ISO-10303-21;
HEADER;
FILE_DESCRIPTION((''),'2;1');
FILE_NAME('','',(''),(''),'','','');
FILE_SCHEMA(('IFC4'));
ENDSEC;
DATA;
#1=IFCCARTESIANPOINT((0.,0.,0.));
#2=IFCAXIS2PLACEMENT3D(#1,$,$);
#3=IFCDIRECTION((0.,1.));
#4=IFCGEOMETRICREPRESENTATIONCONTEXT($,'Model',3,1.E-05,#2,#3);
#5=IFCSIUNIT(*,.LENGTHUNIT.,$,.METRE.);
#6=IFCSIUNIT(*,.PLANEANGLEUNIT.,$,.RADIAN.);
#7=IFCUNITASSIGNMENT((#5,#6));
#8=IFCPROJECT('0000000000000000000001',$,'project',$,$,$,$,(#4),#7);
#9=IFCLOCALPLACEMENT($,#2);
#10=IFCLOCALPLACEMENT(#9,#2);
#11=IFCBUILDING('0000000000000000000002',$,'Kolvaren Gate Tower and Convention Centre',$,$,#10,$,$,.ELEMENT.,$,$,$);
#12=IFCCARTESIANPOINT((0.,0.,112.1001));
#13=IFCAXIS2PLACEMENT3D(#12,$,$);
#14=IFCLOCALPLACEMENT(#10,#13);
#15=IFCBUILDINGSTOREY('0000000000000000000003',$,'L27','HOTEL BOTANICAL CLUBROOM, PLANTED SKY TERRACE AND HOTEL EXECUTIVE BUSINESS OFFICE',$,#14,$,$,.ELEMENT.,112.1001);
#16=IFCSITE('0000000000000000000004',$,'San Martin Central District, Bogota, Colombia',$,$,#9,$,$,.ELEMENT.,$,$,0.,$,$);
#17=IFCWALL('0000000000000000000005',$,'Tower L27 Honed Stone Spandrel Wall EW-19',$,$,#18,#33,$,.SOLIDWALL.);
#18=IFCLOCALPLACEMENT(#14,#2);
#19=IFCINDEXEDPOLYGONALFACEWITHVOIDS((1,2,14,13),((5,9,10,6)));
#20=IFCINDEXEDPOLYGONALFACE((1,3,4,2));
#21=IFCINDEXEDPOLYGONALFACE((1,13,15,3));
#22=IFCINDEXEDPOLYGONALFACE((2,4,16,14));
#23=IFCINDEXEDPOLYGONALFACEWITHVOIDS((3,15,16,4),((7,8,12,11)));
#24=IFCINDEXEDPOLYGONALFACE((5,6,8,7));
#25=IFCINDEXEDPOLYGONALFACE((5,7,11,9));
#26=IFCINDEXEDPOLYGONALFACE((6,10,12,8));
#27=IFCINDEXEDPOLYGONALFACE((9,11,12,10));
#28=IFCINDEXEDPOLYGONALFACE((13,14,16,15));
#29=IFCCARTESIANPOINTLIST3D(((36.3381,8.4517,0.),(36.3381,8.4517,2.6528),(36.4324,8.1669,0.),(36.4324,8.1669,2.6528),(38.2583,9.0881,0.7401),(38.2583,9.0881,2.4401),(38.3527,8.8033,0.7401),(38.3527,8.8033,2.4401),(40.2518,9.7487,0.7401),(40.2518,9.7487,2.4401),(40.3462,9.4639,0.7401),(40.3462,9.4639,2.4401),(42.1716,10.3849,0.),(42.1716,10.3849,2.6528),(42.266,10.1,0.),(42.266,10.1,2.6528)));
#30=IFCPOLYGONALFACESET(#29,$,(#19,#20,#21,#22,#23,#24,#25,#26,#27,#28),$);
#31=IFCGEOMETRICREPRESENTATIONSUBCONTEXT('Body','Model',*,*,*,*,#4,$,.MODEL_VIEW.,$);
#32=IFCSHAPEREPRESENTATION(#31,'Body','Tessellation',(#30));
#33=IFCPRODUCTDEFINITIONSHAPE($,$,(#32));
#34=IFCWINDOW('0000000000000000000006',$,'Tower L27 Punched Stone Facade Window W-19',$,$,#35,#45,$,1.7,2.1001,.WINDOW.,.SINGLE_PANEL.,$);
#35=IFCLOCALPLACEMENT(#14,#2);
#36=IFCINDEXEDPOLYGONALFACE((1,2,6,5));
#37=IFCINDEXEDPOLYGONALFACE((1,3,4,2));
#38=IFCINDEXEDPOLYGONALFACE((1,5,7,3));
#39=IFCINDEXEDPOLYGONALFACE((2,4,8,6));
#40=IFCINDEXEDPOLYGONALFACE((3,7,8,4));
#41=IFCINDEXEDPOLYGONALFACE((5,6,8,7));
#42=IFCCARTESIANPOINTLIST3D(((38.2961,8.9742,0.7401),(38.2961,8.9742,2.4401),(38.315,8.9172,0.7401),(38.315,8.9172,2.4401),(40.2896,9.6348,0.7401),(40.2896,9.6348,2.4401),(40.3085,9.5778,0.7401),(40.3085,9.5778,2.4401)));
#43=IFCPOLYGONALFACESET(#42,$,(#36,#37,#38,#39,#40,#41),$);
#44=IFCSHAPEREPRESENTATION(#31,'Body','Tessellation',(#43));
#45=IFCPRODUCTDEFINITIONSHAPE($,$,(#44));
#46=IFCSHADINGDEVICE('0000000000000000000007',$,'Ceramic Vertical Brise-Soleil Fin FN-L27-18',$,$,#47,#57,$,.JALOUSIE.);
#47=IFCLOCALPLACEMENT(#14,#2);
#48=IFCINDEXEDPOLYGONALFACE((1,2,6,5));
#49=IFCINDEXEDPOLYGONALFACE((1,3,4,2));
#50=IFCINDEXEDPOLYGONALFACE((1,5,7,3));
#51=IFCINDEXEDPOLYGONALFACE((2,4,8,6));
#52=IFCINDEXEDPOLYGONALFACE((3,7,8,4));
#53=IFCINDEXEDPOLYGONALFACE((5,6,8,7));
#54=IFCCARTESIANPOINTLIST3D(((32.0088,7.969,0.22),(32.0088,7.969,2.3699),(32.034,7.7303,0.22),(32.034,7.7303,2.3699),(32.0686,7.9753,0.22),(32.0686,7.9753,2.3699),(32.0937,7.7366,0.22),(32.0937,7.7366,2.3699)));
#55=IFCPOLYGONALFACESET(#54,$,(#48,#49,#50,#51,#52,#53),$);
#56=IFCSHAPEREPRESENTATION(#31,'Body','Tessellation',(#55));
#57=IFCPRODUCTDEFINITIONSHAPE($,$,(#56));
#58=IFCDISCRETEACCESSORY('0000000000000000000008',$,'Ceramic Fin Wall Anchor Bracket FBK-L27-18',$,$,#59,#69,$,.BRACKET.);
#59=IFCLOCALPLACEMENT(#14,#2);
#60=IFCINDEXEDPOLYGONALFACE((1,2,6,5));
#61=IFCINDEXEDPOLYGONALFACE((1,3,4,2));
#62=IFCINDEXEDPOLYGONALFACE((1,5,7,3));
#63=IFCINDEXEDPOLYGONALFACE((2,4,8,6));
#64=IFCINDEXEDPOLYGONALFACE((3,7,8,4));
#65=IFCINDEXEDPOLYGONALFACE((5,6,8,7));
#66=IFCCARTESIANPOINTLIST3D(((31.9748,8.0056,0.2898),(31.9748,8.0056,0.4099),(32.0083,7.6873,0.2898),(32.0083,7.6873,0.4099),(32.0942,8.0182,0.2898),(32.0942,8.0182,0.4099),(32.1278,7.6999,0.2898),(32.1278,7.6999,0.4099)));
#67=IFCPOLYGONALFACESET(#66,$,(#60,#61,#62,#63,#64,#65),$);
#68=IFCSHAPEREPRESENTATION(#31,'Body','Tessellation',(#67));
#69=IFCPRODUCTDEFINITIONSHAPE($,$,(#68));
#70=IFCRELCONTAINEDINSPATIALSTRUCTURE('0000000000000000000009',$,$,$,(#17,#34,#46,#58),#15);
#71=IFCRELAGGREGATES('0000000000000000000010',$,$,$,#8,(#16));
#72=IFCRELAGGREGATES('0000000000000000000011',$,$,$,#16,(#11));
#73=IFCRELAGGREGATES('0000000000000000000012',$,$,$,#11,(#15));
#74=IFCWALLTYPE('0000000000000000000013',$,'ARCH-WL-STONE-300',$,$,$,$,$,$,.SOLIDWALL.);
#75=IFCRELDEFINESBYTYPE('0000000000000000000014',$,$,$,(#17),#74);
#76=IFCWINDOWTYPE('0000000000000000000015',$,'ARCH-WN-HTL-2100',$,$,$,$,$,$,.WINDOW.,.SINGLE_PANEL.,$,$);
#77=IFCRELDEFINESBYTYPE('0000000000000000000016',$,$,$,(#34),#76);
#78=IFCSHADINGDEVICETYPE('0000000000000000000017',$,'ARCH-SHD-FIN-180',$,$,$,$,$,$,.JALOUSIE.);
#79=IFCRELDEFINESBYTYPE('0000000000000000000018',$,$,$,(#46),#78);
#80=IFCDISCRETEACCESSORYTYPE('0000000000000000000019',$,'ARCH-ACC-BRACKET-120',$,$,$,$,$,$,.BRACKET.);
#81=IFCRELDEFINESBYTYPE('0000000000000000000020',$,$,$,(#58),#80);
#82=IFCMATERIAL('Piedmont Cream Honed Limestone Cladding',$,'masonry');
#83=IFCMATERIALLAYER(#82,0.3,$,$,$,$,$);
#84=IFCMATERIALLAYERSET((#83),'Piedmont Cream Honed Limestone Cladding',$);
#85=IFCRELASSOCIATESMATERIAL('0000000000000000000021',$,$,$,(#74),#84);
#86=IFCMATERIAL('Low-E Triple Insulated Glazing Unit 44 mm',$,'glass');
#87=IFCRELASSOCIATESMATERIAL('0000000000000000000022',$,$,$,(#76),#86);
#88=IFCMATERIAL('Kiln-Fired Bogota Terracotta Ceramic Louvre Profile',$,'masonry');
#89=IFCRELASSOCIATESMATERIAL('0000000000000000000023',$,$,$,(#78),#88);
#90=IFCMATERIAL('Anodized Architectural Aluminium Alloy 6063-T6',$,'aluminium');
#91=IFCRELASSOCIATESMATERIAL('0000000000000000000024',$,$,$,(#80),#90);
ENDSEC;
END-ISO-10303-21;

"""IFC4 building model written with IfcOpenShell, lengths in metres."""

from ifc_helpers import new_model, si_unit, direction, frame, frame_2d, origin, origin_2d, place, context, subcontext, project, spatial, rectangle, extrude, material, layer, layer_set, type_object, element, fill, save


model = new_model("IFC4")

# Units and contexts
model_context = context("Model", 3, precision=1e-05, world=origin(), true_north=direction((0.0, 1.0)))
body_context = subcontext(model_context, "Body", "Model", "MODEL_VIEW")
ifc_project = project(units=[si_unit("LENGTHUNIT", "METRE"), si_unit("PLANEANGLEUNIT", "RADIAN")], contexts=[model_context])

# Site, building, storey
site_placement = place(None, origin())
site = spatial("IfcSite", under=ifc_project, at=site_placement, Name="San Martin Central District, Bogota, Colombia", CompositionType="ELEMENT", RefElevation=0.0)
building_placement = place(site_placement, origin())
building = spatial("IfcBuilding", under=site, at=building_placement, Name="Kolvaren Gate Tower and Convention Centre", CompositionType="ELEMENT")
storey_placement = place(building_placement, frame((0.0, 0.0, 112.1001)))
storey = spatial("IfcBuildingStorey", under=building, at=storey_placement, Name="L27", Description="HOTEL BOTANICAL CLUBROOM, PLANTED SKY TERRACE AND HOTEL EXECUTIVE BUSINESS OFFICE", CompositionType="ELEMENT", Elevation=112.1001)

# Shared definitions
ifc_material_1 = material(Name="Piedmont Cream Honed Limestone Cladding", Category="masonry")

# Wall, opening, window
ifc_layer_1 = layer(ifc_material_1, 0.3)
ifc_layer_set_1 = layer_set([ifc_layer_1], Name="Piedmont Cream Honed Limestone Cladding")
wall_type_1 = type_object("IfcWallType", Name="ARCH-WL-STONE-300", PredefinedType="SOLIDWALL", material=ifc_layer_set_1)
ifc_material_2 = material(Name="Low-E Triple Insulated Glazing Unit 44 mm", Category="glass")
window_type = type_object("IfcWindowType", Name="ARCH-WN-HTL-2100", PartitioningType="SINGLE_PANEL", PredefinedType="WINDOW", material=ifc_material_2)
wall_1_placement = place(storey_placement, frame((36.3853, 8.3093, 0.0), z_axis=(0.0, 0.0, 1.0), x_axis=(0.949238, 0.314559, 0.0)))
wall_1 = element("IfcWall", 1, at=wall_1_placement, inside=storey, type_object=wall_type_1, Name="Tower L27 Honed Stone Spandrel Wall EW-19", PredefinedType="SOLIDWALL", context=body_context, shape_type="SweptSolid", body=[
    extrude(rectangle(XDim=6.1455, YDim=0.3, at=frame_2d((3.0728, 0.0))), origin(), (0.0, 0.0, 1.0), 2.6528),
])
opening_1_placement = place(wall_1_placement, frame((2.0229, 0.0, 0.74)))
opening_1 = element("IfcOpeningElement", 2, at=opening_1_placement, cuts=wall_1, PredefinedType="OPENING", context=body_context, shape_type="SweptSolid", body=[
    extrude(rectangle(XDim=2.1001, YDim=1.7, at=frame_2d((1.05, 0.8501))), frame((0.0, 0.1599, 0.0), z_axis=(0.0, -1.0, 0.0), x_axis=(1.0, 0.0, 0.0)), (0.0, 0.0, 1.0), 0.3201),
])
window_1_placement = place(opening_1_placement, origin())
window_1 = element("IfcWindow", 3, at=window_1_placement, inside=storey, type_object=window_type, Name="Tower L27 Punched Stone Facade Window W-19", OverallHeight=1.7, OverallWidth=2.1001, PartitioningType="SINGLE_PANEL", PredefinedType="WINDOW", context=body_context, shape_type="SweptSolid", body=[
    extrude(rectangle(XDim=2.1001, YDim=1.7, at=frame_2d((1.05, 0.8501))), frame((0.0, 0.03, 0.0), z_axis=(0.0, -1.0, 0.0), x_axis=(1.0, 0.0, 0.0)), (0.0, 0.0, 1.0), 0.0601),
])
fill(opening_1, window_1)

# Shading device
ifc_material_3 = material(Name="Kiln-Fired Bogota Terracotta Ceramic Louvre Profile", Category="masonry")
shading_device_type = type_object("IfcShadingDeviceType", Name="ARCH-SHD-FIN-180", PredefinedType="JALOUSIE", material=ifc_material_3)
shading_device_placement = place(storey_placement, frame((32.0513, 7.8528, 0.22), z_axis=(0.0, 0.0, 1.0), x_axis=(0.9945, 0.104737, 0.0)))
element("IfcShadingDevice", 4, at=shading_device_placement, inside=storey, type_object=shading_device_type, Name="Ceramic Vertical Brise-Soleil Fin FN-L27-18", PredefinedType="JALOUSIE", context=body_context, shape_type="SweptSolid", body=[
    extrude(rectangle(XDim=0.0601, YDim=0.24, at=origin_2d()), origin(), (0.0, 0.0, 1.0), 2.1499),
])

# Discrete accessory
ifc_material_4 = material(Name="Anodized Architectural Aluminium Alloy 6063-T6", Category="aluminium")
discrete_accessory_type = type_object("IfcDiscreteAccessoryType", Name="ARCH-ACC-BRACKET-120", PredefinedType="BRACKET", material=ifc_material_4)
discrete_accessory_placement = place(storey_placement, frame((32.0513, 7.8528, 0.2898), z_axis=(0.0, 0.0, 1.0), x_axis=(0.9945, 0.104737, 0.0)))
element("IfcDiscreteAccessory", 5, at=discrete_accessory_placement, inside=storey, type_object=discrete_accessory_type, Name="Ceramic Fin Wall Anchor Bracket FBK-L27-18", PredefinedType="BRACKET", context=body_context, shape_type="SweptSolid", body=[
    extrude(rectangle(XDim=0.1201, YDim=0.3201, at=origin_2d()), origin(), (0.0, 0.0, 1.0), 0.1201),
])

save(model, "model.ifc")
